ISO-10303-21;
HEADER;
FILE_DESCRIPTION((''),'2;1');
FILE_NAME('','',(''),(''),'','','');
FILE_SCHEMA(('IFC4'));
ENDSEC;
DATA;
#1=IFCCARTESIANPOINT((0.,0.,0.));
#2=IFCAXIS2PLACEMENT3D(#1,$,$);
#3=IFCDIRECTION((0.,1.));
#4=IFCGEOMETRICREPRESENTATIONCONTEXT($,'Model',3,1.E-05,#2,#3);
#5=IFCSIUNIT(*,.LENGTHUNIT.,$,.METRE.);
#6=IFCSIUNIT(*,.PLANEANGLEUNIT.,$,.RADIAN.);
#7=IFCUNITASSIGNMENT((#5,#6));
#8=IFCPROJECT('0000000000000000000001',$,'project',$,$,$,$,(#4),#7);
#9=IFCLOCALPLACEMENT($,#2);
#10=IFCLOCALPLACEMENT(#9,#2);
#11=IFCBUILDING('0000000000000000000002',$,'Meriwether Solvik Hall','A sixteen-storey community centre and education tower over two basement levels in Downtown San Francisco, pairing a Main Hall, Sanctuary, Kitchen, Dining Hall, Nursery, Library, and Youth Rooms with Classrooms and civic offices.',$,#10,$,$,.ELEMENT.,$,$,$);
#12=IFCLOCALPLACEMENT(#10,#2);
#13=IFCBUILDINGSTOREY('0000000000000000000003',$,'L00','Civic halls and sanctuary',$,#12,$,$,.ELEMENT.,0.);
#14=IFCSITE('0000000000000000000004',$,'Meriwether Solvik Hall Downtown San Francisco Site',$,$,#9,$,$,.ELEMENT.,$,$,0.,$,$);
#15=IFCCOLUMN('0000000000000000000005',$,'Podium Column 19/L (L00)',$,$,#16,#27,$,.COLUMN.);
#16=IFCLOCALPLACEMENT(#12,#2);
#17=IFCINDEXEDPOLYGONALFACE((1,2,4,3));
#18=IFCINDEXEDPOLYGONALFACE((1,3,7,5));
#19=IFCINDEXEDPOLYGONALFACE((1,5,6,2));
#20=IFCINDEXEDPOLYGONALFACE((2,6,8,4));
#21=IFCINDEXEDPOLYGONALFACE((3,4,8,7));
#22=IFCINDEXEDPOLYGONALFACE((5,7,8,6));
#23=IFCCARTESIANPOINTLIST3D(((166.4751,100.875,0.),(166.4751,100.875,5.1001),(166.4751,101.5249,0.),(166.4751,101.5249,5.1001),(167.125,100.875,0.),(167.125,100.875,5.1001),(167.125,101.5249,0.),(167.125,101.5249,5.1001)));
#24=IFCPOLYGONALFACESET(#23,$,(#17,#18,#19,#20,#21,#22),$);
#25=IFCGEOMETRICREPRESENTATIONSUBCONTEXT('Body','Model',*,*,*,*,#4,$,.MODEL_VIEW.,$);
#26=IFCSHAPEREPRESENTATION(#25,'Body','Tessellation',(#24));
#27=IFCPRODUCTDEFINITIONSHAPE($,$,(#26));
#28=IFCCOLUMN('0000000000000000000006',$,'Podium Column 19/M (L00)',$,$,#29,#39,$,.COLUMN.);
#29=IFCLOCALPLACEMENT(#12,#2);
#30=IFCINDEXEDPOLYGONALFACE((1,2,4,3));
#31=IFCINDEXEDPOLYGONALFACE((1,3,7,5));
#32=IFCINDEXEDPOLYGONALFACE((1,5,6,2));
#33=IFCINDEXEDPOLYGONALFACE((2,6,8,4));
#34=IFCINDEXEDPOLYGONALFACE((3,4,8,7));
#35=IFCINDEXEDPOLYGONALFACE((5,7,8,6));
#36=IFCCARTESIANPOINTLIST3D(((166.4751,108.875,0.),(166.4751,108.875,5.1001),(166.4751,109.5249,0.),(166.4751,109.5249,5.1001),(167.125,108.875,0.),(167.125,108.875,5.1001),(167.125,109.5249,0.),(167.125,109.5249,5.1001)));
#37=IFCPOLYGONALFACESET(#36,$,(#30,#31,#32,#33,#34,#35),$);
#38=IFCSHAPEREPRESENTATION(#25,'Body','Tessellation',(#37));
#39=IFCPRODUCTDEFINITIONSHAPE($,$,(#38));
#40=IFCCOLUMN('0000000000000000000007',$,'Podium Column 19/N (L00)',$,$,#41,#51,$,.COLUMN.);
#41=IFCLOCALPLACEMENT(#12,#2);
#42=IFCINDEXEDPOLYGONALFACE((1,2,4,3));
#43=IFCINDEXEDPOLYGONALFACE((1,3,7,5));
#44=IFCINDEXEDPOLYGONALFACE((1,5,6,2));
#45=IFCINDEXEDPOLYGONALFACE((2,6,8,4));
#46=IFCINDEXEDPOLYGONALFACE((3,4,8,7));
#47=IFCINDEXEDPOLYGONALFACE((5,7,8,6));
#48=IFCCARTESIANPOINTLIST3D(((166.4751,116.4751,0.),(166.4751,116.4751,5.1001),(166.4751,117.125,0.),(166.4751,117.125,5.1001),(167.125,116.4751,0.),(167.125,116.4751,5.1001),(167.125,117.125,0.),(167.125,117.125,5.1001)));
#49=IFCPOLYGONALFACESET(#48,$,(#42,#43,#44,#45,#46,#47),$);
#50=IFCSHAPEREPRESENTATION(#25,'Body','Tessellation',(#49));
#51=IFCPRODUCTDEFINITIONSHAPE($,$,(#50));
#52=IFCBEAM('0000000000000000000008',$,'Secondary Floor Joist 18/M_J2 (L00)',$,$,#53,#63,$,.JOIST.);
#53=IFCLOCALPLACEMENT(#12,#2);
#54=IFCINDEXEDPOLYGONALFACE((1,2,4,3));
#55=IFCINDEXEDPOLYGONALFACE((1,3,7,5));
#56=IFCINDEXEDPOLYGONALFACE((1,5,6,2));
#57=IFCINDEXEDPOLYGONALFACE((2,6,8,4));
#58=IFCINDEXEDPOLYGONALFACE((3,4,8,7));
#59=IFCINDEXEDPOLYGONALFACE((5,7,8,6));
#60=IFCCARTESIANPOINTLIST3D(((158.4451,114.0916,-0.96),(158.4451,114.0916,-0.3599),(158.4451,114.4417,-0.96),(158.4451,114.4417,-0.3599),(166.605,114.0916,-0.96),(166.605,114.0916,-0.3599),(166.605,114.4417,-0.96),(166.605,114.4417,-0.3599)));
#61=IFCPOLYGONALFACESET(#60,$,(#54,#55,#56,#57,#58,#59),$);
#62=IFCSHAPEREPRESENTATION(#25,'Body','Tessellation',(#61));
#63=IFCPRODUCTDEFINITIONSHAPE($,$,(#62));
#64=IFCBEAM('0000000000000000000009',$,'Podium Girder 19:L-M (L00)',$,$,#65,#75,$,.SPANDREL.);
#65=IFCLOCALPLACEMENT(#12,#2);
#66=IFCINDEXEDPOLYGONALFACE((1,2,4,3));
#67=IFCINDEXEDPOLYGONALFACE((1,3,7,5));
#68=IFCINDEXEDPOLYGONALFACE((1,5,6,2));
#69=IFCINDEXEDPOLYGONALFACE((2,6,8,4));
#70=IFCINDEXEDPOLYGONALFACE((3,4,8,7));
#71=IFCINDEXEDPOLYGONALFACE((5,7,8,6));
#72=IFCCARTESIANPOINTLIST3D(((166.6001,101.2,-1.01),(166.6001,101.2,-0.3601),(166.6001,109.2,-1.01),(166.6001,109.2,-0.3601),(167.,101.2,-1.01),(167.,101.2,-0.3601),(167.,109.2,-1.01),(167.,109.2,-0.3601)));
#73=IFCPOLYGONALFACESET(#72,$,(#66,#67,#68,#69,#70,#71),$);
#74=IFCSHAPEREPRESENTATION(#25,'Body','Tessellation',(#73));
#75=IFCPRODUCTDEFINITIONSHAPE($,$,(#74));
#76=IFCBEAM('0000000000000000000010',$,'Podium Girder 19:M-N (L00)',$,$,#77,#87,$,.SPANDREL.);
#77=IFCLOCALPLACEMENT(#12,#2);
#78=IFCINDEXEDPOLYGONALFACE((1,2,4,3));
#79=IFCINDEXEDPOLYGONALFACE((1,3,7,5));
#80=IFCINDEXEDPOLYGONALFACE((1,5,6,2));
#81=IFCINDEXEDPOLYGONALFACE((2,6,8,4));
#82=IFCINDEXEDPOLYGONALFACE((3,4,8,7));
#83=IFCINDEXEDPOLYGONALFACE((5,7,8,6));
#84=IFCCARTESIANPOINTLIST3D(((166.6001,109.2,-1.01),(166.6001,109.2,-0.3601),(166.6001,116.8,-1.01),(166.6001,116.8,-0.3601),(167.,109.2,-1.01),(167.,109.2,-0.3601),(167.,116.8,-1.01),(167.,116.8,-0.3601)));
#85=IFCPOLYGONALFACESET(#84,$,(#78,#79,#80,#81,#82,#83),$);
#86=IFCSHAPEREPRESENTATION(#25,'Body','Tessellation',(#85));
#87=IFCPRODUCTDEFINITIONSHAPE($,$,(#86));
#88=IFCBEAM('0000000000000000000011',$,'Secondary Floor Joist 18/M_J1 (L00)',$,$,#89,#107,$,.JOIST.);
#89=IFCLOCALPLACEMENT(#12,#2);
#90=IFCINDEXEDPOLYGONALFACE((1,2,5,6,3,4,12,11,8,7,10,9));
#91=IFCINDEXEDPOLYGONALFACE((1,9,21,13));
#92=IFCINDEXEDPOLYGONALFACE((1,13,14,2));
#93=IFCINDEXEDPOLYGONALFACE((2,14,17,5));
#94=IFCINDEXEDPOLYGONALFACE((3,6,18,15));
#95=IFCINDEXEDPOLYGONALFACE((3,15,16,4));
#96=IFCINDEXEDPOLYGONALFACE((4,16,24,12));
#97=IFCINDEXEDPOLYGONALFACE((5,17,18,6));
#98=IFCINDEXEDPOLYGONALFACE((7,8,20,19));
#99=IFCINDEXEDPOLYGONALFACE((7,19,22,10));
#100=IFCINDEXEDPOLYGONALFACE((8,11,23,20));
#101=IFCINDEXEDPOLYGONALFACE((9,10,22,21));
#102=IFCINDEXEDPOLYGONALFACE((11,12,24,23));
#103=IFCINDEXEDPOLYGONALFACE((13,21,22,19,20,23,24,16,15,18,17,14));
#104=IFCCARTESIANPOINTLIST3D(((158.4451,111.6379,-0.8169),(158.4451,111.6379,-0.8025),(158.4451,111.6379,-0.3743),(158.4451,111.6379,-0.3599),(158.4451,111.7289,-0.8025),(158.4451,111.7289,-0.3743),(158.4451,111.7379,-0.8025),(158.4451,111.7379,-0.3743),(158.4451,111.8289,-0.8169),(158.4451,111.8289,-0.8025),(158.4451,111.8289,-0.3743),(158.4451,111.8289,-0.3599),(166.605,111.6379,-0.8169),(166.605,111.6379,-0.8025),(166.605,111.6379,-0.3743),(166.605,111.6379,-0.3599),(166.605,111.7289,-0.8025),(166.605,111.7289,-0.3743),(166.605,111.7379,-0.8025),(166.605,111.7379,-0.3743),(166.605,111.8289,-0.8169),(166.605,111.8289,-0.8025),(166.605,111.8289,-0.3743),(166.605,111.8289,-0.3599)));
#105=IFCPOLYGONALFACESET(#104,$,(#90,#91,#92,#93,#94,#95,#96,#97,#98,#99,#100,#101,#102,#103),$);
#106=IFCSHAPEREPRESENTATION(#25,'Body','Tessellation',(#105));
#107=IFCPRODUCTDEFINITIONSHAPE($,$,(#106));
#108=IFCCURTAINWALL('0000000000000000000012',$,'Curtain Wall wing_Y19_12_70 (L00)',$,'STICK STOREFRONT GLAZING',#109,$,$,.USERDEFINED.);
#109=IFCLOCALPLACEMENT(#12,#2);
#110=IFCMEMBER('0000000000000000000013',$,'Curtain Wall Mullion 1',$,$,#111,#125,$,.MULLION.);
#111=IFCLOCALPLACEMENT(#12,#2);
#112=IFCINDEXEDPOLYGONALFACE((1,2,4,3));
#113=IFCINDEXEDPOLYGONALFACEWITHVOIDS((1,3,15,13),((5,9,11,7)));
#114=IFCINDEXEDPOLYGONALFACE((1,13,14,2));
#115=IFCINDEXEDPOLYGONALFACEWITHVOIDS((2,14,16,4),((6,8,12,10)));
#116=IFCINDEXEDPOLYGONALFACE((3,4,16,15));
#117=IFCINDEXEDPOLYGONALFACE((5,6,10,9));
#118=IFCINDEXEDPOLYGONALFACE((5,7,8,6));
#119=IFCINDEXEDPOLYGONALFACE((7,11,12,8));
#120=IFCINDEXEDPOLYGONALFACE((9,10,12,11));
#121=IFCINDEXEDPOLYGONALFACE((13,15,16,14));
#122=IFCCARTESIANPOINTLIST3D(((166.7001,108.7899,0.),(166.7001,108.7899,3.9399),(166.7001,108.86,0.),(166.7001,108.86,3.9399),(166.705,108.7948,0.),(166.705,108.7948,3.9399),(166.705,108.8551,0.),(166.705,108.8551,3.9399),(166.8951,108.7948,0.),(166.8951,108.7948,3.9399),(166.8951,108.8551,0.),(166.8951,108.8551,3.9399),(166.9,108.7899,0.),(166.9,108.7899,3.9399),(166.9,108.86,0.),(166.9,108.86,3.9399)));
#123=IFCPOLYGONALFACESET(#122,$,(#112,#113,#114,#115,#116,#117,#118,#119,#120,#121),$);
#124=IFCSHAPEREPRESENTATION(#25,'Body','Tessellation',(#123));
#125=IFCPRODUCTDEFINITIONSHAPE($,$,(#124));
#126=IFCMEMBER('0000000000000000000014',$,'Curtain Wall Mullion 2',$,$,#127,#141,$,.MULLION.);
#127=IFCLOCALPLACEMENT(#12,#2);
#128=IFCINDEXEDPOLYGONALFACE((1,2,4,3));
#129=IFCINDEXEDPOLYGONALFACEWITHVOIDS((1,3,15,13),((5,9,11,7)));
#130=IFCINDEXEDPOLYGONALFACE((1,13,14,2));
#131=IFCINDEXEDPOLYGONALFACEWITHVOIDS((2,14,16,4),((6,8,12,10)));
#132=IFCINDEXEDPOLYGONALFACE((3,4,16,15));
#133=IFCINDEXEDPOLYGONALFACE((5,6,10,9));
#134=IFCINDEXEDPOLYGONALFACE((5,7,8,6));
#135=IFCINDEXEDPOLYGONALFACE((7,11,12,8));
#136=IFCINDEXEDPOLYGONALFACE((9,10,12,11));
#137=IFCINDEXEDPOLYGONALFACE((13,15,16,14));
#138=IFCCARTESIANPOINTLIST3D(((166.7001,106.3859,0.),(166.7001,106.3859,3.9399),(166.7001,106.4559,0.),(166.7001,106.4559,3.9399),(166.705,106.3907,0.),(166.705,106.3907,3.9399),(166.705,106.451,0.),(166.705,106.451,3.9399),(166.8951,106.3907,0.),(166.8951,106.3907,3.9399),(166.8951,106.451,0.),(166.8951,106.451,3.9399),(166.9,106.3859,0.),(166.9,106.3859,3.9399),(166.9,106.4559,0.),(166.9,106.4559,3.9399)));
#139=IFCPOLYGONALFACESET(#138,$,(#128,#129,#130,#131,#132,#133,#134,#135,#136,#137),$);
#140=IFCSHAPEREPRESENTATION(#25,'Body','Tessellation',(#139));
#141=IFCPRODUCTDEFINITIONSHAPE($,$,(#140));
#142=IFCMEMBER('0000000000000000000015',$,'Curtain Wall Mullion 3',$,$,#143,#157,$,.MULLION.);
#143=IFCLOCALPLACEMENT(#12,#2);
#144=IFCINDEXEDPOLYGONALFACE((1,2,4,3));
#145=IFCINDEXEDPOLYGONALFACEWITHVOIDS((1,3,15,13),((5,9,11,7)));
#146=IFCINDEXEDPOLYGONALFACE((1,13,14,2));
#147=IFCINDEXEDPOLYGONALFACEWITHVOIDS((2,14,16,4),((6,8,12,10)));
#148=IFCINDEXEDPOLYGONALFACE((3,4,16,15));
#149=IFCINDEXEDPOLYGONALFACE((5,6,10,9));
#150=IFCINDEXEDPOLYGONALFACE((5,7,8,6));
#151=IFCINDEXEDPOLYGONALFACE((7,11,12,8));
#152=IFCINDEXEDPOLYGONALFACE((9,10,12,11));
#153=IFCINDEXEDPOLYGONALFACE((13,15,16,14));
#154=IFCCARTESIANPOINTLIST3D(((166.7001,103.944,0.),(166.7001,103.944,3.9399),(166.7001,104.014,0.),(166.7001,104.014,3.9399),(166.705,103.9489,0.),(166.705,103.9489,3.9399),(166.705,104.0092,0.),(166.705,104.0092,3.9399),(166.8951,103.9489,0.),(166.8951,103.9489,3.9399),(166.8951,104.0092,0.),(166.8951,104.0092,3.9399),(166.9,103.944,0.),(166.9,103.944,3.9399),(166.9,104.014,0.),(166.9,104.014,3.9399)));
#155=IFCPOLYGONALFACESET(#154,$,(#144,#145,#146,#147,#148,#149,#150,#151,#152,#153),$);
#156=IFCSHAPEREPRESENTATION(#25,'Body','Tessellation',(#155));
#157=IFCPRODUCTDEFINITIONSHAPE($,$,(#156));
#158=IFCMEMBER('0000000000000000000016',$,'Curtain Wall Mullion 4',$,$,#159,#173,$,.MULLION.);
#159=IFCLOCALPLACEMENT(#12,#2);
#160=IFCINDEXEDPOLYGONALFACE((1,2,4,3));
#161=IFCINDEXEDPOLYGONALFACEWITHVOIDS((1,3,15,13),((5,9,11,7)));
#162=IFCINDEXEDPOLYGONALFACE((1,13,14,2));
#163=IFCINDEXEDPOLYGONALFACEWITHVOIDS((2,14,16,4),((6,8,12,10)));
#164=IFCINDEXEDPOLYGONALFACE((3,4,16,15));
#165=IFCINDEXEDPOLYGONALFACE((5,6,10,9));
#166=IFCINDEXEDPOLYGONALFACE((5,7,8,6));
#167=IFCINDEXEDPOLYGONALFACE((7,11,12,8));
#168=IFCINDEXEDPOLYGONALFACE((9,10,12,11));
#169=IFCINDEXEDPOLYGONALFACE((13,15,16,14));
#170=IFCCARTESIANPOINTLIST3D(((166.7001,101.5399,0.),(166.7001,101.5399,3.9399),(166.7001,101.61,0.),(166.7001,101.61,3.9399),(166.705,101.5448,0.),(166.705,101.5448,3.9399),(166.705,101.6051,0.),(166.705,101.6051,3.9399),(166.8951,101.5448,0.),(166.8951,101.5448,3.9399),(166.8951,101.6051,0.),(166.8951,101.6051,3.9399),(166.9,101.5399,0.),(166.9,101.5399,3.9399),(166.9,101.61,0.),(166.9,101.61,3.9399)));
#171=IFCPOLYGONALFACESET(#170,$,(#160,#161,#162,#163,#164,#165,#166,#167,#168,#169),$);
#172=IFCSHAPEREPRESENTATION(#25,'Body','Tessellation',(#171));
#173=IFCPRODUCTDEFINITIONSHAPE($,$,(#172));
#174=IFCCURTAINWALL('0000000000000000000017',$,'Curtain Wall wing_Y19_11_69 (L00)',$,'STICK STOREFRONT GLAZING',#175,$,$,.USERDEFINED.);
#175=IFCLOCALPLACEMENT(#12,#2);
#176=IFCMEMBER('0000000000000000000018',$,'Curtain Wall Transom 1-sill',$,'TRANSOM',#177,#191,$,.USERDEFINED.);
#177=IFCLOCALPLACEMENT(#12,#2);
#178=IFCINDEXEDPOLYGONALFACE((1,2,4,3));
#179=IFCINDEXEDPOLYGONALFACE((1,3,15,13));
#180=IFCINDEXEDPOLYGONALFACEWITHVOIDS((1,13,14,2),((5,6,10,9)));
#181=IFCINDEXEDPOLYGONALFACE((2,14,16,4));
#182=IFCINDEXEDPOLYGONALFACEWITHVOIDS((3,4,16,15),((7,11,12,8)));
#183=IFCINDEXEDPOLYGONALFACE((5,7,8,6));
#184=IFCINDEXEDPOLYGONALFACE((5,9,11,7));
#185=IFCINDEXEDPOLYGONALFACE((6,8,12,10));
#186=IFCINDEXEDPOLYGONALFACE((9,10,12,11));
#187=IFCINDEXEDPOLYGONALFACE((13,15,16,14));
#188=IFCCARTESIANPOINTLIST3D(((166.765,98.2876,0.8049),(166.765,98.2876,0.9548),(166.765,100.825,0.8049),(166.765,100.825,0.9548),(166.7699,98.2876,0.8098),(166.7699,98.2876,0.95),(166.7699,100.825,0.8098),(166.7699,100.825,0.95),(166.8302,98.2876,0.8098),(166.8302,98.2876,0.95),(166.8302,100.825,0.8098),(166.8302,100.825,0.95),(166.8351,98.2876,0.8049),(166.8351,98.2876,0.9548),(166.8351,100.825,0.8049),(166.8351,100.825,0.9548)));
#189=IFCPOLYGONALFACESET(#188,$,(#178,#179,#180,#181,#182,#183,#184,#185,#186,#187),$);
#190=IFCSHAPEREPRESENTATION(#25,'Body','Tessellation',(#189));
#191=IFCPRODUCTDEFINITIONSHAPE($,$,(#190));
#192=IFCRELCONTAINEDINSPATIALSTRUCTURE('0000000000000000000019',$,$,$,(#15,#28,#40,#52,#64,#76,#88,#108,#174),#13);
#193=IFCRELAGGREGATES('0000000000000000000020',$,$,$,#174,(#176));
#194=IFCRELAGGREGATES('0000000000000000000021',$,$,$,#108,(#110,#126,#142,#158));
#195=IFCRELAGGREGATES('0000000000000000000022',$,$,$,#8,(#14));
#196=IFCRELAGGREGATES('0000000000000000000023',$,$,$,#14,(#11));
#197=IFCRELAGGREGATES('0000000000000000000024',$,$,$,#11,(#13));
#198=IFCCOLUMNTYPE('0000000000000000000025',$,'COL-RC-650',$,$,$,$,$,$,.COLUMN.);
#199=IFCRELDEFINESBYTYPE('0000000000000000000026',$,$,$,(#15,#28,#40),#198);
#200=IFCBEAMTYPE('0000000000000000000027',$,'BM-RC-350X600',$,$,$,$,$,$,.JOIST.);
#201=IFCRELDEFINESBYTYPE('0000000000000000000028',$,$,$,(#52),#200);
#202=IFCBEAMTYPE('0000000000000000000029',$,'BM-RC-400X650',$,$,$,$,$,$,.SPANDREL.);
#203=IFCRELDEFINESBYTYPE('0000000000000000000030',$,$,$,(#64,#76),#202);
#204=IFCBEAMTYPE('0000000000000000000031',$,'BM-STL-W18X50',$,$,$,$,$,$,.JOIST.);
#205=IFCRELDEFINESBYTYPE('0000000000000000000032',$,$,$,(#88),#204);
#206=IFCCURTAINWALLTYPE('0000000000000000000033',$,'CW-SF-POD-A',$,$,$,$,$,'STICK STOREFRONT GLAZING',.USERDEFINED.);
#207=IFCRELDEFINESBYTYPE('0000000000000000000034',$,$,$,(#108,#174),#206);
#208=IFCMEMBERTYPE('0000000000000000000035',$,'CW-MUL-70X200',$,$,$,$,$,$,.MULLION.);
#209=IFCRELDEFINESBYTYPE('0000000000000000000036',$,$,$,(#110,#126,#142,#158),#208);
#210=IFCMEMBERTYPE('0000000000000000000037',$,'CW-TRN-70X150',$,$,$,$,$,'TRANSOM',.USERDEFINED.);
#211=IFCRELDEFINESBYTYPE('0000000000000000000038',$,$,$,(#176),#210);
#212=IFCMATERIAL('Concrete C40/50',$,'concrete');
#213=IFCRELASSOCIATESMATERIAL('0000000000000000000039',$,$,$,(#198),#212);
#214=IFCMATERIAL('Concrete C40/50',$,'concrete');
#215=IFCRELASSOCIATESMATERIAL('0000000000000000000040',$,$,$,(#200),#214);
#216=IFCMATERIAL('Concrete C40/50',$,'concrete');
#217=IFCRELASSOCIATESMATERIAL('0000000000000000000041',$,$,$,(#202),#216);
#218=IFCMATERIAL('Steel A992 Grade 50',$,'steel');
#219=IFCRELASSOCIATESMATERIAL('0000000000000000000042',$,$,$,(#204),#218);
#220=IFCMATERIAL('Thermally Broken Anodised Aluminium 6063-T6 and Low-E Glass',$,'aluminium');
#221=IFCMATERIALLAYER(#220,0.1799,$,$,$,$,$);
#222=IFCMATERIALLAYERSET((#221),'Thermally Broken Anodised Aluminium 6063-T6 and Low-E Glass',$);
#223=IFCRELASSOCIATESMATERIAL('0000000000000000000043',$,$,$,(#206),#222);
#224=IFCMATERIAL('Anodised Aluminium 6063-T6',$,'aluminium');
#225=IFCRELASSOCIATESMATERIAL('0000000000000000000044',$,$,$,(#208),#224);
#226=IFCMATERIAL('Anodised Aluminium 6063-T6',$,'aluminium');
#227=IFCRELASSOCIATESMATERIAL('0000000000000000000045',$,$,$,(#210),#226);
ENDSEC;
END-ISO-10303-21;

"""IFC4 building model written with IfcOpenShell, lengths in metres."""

from ifc_helpers import new_model, si_unit, direction, frame, origin, origin_2d, place, context, subcontext, project, spatial, rectangle, hollow_rectangle, i_section, extrude, material, layer, layer_set, material_profile, profile_set, type_object, element, aggregate, save


model = new_model("IFC4")

# Units and contexts
model_context = context("Model", 3, precision=1e-05, world=origin(), true_north=direction((0.0, 1.0)))
body_context = subcontext(model_context, "Body", "Model", "MODEL_VIEW")
ifc_project = project(units=[si_unit("LENGTHUNIT", "METRE"), si_unit("PLANEANGLEUNIT", "RADIAN")], contexts=[model_context])

# Site, building, storey
site_placement = place(None, origin())
site = spatial("IfcSite", under=ifc_project, at=site_placement, Name="Meriwether Solvik Hall Downtown San Francisco Site", CompositionType="ELEMENT", RefElevation=0.0)
building_placement = place(site_placement, origin())
building = spatial("IfcBuilding", under=site, at=building_placement, Name="Meriwether Solvik Hall", Description="A sixteen-storey community centre and education tower over two basement levels in Downtown San Francisco, pairing a Main Hall, Sanctuary, Kitchen, Dining Hall, Nursery, Library, and Youth Rooms with Classrooms and civic offices.", CompositionType="ELEMENT")
storey_placement = place(building_placement, origin())
storey = spatial("IfcBuildingStorey", under=building, at=storey_placement, Name="L00", Description="Civic halls and sanctuary", CompositionType="ELEMENT", Elevation=0.0)

# Columns
ifc_material_1 = material(Name="Concrete C40/50", Category="concrete")
ifc_material_profile_1 = material_profile(ifc_material_1, rectangle(XDim=0.6499, YDim=0.6499, at=origin_2d()), Name="RCC-650X650")
ifc_profile_set_1 = profile_set([ifc_material_profile_1], Name="Concrete C40/50")
column_type = type_object("IfcColumnType", Name="COL-RC-650", PredefinedType="COLUMN", material=ifc_profile_set_1)
for number, where, z_axis, x_axis, name in (
    (1, (166.8, 101.2, 0.0), (0.0, 0.0, 1.0), (1.0, 0.0, 0.0), "Podium Column 19/L (L00)"),
    (2, (166.8, 109.2, 0.0), (0.0, 0.0, 1.0), (1.0, 0.0, 0.0), "Podium Column 19/M (L00)"),
    (3, (166.8, 116.8, 0.0), (0.0, 0.0, 1.0), (1.0, 0.0, 0.0), "Podium Column 19/N (L00)"),
):
    element("IfcColumn", number, at=place(storey_placement, frame(where, z_axis=z_axis, x_axis=x_axis)), inside=storey, type_object=column_type, Name=name, PredefinedType="COLUMN", context=body_context, shape_type="SweptSolid", body=[
        extrude(rectangle(XDim=0.6499, YDim=0.6499, at=origin_2d()), origin(), (0.0, 0.0, 1.0), 5.1001),
    ])

# Beams
ifc_material_2 = material(Name="Concrete C40/50", Category="concrete")
ifc_material_profile_2 = material_profile(ifc_material_2, rectangle(XDim=0.3501, YDim=0.6001, at=origin_2d()), Name="RCB-350X600")
ifc_profile_set_2 = profile_set([ifc_material_profile_2], Name="Concrete C40/50")
beam_type_1 = type_object("IfcBeamType", Name="BM-RC-350X600", PredefinedType="JOIST", material=ifc_profile_set_2)
beam_1_placement = place(storey_placement, frame((158.4451, 114.2666, -0.6599), z_axis=(1.0, 0.0, 0.0), x_axis=(0.0, 1.0, 0.0)))
element("IfcBeam", 4, at=beam_1_placement, inside=storey, type_object=beam_type_1, Name="Secondary Floor Joist 18/M_J2 (L00)", PredefinedType="JOIST", context=body_context, shape_type="SweptSolid", body=[
    extrude(rectangle(XDim=0.3501, YDim=0.6001, at=origin_2d()), origin(), (0.0, 0.0, 1.0), 8.1599),
])
ifc_material_3 = material(Name="Concrete C40/50", Category="concrete")
ifc_material_profile_3 = material_profile(ifc_material_3, rectangle(XDim=0.3999, YDim=0.6499, at=origin_2d()), Name="RCB-400X650")
ifc_profile_set_3 = profile_set([ifc_material_profile_3], Name="Concrete C40/50")
beam_type_2 = type_object("IfcBeamType", Name="BM-RC-400X650", PredefinedType="SPANDREL", material=ifc_profile_set_3)
beam_2_placement = place(storey_placement, frame((166.8, 101.2, -0.6851), z_axis=(0.0, 1.0, 0.0), x_axis=(-1.0, 0.0, 0.0)))
element("IfcBeam", 5, at=beam_2_placement, inside=storey, type_object=beam_type_2, Name="Podium Girder 19:L-M (L00)", PredefinedType="SPANDREL", context=body_context, shape_type="SweptSolid", body=[
    extrude(rectangle(XDim=0.3999, YDim=0.6499, at=origin_2d()), origin(), (0.0, 0.0, 1.0), 8.0),
])
beam_3_placement = place(storey_placement, frame((166.8, 109.2, -0.6851), z_axis=(0.0, 1.0, 0.0), x_axis=(-1.0, 0.0, 0.0)))
element("IfcBeam", 6, at=beam_3_placement, inside=storey, type_object=beam_type_2, Name="Podium Girder 19:M-N (L00)", PredefinedType="SPANDREL", context=body_context, shape_type="SweptSolid", body=[
    extrude(rectangle(XDim=0.3999, YDim=0.6499, at=origin_2d()), origin(), (0.0, 0.0, 1.0), 7.6001),
])
ifc_material_4 = material(Name="Steel A992 Grade 50", Category="steel")
ifc_material_profile_4 = material_profile(ifc_material_4, i_section(OverallWidth=0.1909, OverallDepth=0.457, WebThickness=0.009, FlangeThickness=0.0144, at=origin_2d()), Name="W18X50")
ifc_profile_set_4 = profile_set([ifc_material_profile_4], Name="Steel A992 Grade 50")
beam_type_3 = type_object("IfcBeamType", Name="BM-STL-W18X50", PredefinedType="JOIST", material=ifc_profile_set_4)
beam_4_placement = place(storey_placement, frame((158.4451, 111.7334, -0.5884), z_axis=(1.0, 0.0, 0.0), x_axis=(0.0, 1.0, 0.0)))
element("IfcBeam", 7, at=beam_4_placement, inside=storey, type_object=beam_type_3, Name="Secondary Floor Joist 18/M_J1 (L00)", PredefinedType="JOIST", context=body_context, shape_type="SweptSolid", body=[
    extrude(i_section(OverallWidth=0.1909, OverallDepth=0.457, WebThickness=0.009, FlangeThickness=0.0144, at=origin_2d()), origin(), (0.0, 0.0, 1.0), 8.1599),
])

# Curtain walls, members
ifc_material_5 = material(Name="Thermally Broken Anodised Aluminium 6063-T6 and Low-E Glass", Category="aluminium")
ifc_layer_1 = layer(ifc_material_5, 0.1799)
ifc_layer_set_1 = layer_set([ifc_layer_1], Name="Thermally Broken Anodised Aluminium 6063-T6 and Low-E Glass")
curtain_wall_type = type_object("IfcCurtainWallType", Name="CW-SF-POD-A", ElementType="STICK STOREFRONT GLAZING", PredefinedType="USERDEFINED", material=ifc_layer_set_1)
curtain_wall_1_placement = place(storey_placement, origin())
curtain_wall_1 = element("IfcCurtainWall", 8, at=curtain_wall_1_placement, inside=storey, type_object=curtain_wall_type, Name="Curtain Wall wing_Y19_12_70 (L00)", ObjectType="STICK STOREFRONT GLAZING", PredefinedType="USERDEFINED")
ifc_material_6 = material(Name="Anodised Aluminium 6063-T6", Category="aluminium")
ifc_material_profile_5 = material_profile(ifc_material_6, hollow_rectangle(XDim=0.0701, YDim=0.2, WallThickness=0.0049, at=origin_2d()), Name="CWM-70X200")
ifc_profile_set_5 = profile_set([ifc_material_profile_5], Name="Anodised Aluminium 6063-T6")
member_type_1 = type_object("IfcMemberType", Name="CW-MUL-70X200", PredefinedType="MULLION", material=ifc_profile_set_5)
member_1_placement = place(storey_placement, frame((166.8, 108.825, 0.0), z_axis=(0.0, 0.0, 1.0), x_axis=(0.0, -1.0, 0.0)))
member_1 = element("IfcMember", 9, at=member_1_placement, type_object=member_type_1, Name="Curtain Wall Mullion 1", PredefinedType="MULLION", context=body_context, shape_type="SweptSolid", body=[
    extrude(hollow_rectangle(XDim=0.0701, YDim=0.2, WallThickness=0.0049, at=origin_2d()), origin(), (0.0, 0.0, 1.0), 3.9399),
])
member_2_placement = place(storey_placement, frame((166.8, 106.4209, 0.0), z_axis=(0.0, 0.0, 1.0), x_axis=(0.0, -1.0, 0.0)))
member_2 = element("IfcMember", 10, at=member_2_placement, type_object=member_type_1, Name="Curtain Wall Mullion 2", PredefinedType="MULLION", context=body_context, shape_type="SweptSolid", body=[
    extrude(hollow_rectangle(XDim=0.0701, YDim=0.2, WallThickness=0.0049, at=origin_2d()), origin(), (0.0, 0.0, 1.0), 3.9399),
])
member_3_placement = place(storey_placement, frame((166.8, 103.979, 0.0), z_axis=(0.0, 0.0, 1.0), x_axis=(0.0, -1.0, 0.0)))
member_3 = element("IfcMember", 11, at=member_3_placement, type_object=member_type_1, Name="Curtain Wall Mullion 3", PredefinedType="MULLION", context=body_context, shape_type="SweptSolid", body=[
    extrude(hollow_rectangle(XDim=0.0701, YDim=0.2, WallThickness=0.0049, at=origin_2d()), origin(), (0.0, 0.0, 1.0), 3.9399),
])
member_4_placement = place(storey_placement, frame((166.8, 101.575, 0.0), z_axis=(0.0, 0.0, 1.0), x_axis=(0.0, -1.0, 0.0)))
member_4 = element("IfcMember", 12, at=member_4_placement, type_object=member_type_1, Name="Curtain Wall Mullion 4", PredefinedType="MULLION", context=body_context, shape_type="SweptSolid", body=[
    extrude(hollow_rectangle(XDim=0.0701, YDim=0.2, WallThickness=0.0049, at=origin_2d()), origin(), (0.0, 0.0, 1.0), 3.9399),
])
curtain_wall_2_placement = place(storey_placement, origin())
curtain_wall_2 = element("IfcCurtainWall", 13, at=curtain_wall_2_placement, inside=storey, type_object=curtain_wall_type, Name="Curtain Wall wing_Y19_11_69 (L00)", ObjectType="STICK STOREFRONT GLAZING", PredefinedType="USERDEFINED")
ifc_material_7 = material(Name="Anodised Aluminium 6063-T6", Category="aluminium")
ifc_material_profile_6 = material_profile(ifc_material_7, hollow_rectangle(XDim=0.0701, YDim=0.1499, WallThickness=0.0049, at=origin_2d()), Name="CWT-70X150")
ifc_profile_set_6 = profile_set([ifc_material_profile_6], Name="Anodised Aluminium 6063-T6")
member_type_2 = type_object("IfcMemberType", Name="CW-TRN-70X150", ElementType="TRANSOM", PredefinedType="USERDEFINED", material=ifc_profile_set_6)
member_5_placement = place(storey_placement, frame((166.8, 100.825, 0.8799), z_axis=(0.0, -1.0, 0.0), x_axis=(1.0, 0.0, 0.0)))
member_5 = element("IfcMember", 14, at=member_5_placement, type_object=member_type_2, Name="Curtain Wall Transom 1-sill", ObjectType="TRANSOM", PredefinedType="USERDEFINED", context=body_context, shape_type="SweptSolid", body=[
    extrude(hollow_rectangle(XDim=0.0701, YDim=0.1499, WallThickness=0.0049, at=origin_2d()), origin(), (0.0, 0.0, 1.0), 2.5374),
])
aggregate(curtain_wall_2, [member_5])

aggregate(curtain_wall_1, [member_1, member_2, member_3, member_4])

save(model, "model.ifc")
